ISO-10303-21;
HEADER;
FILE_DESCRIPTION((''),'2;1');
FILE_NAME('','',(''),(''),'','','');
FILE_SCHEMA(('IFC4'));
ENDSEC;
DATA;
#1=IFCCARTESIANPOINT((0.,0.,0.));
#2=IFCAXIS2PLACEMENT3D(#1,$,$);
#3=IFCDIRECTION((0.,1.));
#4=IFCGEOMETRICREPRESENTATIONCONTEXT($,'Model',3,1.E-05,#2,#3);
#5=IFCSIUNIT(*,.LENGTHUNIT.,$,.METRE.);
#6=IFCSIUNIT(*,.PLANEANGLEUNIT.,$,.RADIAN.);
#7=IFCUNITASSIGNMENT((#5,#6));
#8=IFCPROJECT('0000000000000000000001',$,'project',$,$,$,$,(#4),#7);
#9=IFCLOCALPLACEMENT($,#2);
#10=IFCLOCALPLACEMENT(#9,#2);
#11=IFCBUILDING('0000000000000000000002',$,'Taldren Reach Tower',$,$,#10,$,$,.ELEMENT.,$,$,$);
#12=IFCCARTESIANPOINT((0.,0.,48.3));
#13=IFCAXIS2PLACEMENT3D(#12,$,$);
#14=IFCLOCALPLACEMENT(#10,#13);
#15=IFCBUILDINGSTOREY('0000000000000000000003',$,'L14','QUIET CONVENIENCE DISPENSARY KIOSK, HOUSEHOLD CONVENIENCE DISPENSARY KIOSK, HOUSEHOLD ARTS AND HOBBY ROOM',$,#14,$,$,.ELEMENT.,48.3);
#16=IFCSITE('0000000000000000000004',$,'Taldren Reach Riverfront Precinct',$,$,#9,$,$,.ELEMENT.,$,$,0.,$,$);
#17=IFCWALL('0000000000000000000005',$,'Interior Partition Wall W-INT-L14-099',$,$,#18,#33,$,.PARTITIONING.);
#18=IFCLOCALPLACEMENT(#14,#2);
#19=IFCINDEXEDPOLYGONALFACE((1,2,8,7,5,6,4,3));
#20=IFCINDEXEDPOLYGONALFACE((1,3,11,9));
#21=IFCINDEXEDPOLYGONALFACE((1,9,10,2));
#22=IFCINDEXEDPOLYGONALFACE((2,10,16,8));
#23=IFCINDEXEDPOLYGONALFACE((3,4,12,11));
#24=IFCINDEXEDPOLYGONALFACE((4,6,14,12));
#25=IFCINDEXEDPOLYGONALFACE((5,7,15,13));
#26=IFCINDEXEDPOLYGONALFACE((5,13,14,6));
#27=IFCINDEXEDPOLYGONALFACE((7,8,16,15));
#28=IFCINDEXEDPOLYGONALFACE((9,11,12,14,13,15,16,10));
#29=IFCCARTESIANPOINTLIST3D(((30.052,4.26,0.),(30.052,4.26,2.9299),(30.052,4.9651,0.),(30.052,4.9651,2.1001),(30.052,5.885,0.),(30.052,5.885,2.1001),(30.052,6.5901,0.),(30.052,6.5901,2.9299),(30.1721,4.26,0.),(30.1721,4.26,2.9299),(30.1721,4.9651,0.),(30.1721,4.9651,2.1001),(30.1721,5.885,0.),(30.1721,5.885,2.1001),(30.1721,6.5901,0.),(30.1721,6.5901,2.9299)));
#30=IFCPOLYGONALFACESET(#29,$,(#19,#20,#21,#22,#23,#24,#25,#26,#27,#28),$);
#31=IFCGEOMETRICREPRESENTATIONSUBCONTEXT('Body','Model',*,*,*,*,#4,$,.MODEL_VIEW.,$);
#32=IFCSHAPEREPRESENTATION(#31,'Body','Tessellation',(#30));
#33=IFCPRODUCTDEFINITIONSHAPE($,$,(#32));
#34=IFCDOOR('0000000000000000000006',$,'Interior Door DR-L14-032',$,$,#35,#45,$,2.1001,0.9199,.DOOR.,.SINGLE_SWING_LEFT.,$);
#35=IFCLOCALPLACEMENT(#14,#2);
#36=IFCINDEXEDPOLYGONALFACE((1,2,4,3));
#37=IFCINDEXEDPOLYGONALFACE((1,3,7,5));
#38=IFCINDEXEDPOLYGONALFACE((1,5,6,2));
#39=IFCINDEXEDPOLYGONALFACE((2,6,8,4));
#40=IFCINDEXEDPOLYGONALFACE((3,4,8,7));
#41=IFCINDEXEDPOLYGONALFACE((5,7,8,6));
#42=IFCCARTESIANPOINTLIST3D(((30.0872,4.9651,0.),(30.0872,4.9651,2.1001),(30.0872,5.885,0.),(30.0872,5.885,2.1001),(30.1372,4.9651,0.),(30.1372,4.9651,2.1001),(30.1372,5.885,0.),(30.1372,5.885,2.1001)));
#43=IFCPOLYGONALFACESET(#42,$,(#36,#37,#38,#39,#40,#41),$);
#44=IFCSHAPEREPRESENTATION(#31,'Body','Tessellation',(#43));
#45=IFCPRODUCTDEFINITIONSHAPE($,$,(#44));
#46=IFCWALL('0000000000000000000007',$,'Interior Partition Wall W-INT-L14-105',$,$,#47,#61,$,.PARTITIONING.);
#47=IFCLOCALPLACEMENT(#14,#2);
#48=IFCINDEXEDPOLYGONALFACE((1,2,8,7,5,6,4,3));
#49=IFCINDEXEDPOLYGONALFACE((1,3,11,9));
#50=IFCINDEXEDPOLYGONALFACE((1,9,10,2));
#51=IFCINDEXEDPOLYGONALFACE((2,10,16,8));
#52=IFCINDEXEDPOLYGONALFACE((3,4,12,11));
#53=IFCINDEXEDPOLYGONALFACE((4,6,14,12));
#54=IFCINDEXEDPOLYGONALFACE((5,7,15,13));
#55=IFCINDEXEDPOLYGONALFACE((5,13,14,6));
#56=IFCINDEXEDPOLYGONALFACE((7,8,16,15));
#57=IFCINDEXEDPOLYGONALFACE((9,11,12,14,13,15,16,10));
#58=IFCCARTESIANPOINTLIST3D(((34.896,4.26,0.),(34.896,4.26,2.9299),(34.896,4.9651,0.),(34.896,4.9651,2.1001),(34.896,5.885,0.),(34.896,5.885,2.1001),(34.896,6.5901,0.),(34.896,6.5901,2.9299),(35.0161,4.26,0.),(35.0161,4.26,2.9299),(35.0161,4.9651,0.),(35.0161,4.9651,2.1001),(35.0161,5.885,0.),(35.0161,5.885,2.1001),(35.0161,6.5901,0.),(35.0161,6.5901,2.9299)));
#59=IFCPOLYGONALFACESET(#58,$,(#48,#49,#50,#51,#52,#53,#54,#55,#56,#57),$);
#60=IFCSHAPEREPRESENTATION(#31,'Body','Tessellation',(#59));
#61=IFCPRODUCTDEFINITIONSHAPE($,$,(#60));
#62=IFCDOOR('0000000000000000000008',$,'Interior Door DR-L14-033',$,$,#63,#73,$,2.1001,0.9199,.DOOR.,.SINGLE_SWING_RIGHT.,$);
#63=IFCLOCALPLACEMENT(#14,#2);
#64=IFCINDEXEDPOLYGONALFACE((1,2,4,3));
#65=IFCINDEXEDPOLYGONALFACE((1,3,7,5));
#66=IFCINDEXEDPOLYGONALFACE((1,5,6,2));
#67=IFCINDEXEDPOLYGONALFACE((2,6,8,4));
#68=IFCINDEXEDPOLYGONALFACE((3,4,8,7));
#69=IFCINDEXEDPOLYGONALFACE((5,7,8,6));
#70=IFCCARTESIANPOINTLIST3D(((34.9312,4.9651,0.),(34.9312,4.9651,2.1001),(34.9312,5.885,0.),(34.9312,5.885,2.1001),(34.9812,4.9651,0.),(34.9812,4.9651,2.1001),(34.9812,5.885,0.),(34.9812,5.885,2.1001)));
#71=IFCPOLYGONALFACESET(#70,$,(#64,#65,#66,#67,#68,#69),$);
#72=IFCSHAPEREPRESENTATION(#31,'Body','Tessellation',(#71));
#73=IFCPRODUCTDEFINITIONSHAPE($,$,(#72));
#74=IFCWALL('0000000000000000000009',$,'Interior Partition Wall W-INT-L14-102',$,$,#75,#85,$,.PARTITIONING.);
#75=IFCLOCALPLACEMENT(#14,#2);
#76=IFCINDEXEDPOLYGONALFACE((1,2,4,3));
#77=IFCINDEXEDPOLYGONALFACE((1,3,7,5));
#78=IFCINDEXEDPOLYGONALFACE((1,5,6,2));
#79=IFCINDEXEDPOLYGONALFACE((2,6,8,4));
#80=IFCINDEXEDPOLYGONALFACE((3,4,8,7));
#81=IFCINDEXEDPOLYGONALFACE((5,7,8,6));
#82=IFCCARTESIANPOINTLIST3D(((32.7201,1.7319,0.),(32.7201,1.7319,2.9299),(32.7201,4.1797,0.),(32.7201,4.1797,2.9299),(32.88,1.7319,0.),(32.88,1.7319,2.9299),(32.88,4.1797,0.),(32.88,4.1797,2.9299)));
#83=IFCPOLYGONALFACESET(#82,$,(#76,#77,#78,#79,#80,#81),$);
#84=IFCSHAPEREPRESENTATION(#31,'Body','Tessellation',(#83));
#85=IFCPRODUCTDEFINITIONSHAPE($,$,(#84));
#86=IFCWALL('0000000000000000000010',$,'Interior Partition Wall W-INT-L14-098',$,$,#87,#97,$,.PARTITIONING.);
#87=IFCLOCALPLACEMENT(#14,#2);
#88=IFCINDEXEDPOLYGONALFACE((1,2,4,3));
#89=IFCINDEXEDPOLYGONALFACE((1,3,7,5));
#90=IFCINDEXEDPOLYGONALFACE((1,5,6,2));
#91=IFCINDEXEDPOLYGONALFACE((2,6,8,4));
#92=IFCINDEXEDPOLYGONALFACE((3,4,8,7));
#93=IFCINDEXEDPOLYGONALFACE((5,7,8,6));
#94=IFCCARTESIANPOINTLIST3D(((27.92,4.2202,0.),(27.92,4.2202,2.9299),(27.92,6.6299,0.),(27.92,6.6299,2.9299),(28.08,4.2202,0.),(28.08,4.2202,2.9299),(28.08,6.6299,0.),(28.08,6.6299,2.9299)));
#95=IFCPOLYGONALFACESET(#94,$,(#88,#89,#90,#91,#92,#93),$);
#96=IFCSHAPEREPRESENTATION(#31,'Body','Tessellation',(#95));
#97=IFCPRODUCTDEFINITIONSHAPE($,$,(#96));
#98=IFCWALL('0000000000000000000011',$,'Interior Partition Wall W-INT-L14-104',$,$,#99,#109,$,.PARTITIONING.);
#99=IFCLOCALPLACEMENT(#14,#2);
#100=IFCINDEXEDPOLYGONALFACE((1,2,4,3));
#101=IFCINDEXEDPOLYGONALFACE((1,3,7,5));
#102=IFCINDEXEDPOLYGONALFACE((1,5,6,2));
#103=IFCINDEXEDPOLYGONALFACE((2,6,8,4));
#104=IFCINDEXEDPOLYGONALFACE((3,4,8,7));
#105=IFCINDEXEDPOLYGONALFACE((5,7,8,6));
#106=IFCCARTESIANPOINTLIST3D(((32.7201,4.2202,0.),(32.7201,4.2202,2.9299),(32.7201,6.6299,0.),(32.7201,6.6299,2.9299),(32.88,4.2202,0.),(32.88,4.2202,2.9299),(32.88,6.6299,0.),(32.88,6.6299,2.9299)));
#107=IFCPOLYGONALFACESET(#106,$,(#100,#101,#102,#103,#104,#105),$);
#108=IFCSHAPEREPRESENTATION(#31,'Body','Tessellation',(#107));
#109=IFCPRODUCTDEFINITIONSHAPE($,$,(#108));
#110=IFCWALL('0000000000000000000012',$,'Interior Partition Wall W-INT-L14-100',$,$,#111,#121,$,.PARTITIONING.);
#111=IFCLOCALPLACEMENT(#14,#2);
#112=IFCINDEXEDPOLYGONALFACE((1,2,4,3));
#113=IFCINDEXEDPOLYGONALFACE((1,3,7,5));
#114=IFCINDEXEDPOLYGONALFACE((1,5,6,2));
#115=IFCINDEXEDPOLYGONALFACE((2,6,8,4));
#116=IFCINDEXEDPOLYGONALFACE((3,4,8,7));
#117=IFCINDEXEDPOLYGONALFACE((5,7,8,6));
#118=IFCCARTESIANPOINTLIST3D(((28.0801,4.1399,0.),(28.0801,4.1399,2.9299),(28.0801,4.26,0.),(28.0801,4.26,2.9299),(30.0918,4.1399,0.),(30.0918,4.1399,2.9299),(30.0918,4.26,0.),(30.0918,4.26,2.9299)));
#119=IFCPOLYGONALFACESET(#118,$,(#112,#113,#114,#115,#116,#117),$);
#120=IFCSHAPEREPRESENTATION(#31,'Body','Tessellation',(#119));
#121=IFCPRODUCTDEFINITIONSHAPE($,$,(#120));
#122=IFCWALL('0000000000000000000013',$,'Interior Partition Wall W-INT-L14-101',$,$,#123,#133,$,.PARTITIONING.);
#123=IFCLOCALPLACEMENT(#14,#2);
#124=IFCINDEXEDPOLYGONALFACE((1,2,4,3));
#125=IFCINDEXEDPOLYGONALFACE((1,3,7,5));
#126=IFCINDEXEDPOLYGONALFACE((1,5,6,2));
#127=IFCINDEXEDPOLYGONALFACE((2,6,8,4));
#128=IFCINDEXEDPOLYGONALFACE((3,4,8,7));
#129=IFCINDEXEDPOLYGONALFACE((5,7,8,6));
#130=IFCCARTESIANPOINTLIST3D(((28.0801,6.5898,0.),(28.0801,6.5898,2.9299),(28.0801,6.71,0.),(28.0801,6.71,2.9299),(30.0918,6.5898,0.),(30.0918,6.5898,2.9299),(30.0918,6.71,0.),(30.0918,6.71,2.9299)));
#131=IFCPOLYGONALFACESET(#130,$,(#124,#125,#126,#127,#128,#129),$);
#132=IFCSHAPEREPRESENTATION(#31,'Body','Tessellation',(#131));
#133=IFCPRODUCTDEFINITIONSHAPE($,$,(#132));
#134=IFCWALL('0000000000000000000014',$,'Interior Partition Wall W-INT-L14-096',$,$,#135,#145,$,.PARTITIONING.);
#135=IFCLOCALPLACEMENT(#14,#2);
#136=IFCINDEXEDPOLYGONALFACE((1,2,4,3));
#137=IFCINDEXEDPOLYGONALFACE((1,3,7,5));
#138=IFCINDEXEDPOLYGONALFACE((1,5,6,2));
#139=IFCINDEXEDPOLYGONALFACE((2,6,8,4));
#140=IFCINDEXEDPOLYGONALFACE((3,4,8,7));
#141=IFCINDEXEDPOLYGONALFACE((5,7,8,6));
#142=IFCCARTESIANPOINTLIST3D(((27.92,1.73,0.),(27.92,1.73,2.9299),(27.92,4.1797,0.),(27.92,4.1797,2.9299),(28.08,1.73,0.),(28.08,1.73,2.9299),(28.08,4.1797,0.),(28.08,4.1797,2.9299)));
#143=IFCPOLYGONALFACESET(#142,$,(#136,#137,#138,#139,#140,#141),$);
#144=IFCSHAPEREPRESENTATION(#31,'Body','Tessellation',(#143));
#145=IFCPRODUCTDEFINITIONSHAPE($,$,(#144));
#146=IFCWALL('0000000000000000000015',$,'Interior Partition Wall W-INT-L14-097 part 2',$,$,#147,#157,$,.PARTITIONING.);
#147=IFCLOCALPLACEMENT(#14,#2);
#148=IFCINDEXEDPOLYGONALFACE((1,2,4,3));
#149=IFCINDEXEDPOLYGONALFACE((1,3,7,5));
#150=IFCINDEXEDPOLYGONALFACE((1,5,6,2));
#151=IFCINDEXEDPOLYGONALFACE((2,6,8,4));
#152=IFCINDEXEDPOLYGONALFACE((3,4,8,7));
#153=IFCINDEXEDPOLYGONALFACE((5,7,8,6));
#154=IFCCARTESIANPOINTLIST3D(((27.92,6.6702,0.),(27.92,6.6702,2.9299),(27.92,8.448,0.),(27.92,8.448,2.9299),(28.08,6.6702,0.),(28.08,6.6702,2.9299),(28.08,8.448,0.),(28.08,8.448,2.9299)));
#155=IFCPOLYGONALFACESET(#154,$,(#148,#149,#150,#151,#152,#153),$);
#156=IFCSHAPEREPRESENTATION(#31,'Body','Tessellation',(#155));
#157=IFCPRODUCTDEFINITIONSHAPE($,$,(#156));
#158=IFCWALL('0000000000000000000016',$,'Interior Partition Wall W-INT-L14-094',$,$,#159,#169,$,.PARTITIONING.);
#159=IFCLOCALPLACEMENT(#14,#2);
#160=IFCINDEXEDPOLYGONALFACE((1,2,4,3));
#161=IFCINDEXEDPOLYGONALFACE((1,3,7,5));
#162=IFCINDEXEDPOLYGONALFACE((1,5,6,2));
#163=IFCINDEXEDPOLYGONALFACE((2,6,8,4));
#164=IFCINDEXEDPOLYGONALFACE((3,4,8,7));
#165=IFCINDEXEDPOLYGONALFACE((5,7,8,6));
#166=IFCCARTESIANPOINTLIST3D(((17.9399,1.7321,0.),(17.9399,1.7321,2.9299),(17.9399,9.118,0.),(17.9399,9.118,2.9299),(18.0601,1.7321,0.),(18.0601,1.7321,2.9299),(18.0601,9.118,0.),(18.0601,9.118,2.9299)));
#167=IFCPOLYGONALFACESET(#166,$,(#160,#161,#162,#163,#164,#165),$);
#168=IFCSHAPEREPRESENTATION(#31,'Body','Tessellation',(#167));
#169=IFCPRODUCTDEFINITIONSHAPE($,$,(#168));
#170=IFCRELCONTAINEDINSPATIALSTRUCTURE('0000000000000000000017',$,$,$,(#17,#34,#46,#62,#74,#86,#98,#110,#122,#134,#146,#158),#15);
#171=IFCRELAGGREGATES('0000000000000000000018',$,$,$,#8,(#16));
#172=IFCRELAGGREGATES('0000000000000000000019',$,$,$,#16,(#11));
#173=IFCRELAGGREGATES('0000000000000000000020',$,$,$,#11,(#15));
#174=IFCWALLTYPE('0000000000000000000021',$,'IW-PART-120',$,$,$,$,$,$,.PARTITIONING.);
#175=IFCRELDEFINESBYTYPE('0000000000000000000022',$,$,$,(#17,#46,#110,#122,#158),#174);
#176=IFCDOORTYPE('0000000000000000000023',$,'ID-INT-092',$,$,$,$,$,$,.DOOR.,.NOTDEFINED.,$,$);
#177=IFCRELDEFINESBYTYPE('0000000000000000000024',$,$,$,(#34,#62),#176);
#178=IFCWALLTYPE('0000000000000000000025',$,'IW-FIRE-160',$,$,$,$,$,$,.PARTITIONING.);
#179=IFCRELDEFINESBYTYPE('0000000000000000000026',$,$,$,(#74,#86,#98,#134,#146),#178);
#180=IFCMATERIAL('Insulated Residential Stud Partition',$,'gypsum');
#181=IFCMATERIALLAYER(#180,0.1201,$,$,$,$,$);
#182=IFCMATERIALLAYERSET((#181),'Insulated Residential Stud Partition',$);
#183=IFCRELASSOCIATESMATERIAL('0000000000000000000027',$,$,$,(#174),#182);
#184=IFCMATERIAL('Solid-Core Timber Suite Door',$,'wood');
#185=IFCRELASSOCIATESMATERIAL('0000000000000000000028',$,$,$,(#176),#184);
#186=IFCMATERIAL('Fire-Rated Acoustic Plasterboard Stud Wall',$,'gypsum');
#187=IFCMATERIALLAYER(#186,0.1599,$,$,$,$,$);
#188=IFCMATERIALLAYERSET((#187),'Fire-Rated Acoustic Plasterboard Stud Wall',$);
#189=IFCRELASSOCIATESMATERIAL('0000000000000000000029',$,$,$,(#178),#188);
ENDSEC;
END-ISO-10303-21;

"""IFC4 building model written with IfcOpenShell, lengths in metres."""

from ifc_helpers import new_model, si_unit, direction, frame, frame_2d, origin, place, context, subcontext, project, spatial, rectangle, extrude, source, transform, mapped, material, layer, layer_set, type_object, element, fill, save


model = new_model("IFC4")

# Units and contexts
model_context = context("Model", 3, precision=1e-05, world=origin(), true_north=direction((0.0, 1.0)))
body_context = subcontext(model_context, "Body", "Model", "MODEL_VIEW")
ifc_project = project(units=[si_unit("LENGTHUNIT", "METRE"), si_unit("PLANEANGLEUNIT", "RADIAN")], contexts=[model_context])

# Site, building, storey
site_placement = place(None, origin())
site = spatial("IfcSite", under=ifc_project, at=site_placement, Name="Taldren Reach Riverfront Precinct", CompositionType="ELEMENT", RefElevation=0.0)
building_placement = place(site_placement, origin())
building = spatial("IfcBuilding", under=site, at=building_placement, Name="Taldren Reach Tower", CompositionType="ELEMENT")
storey_placement = place(building_placement, frame((0.0, 0.0, 48.3)))
storey = spatial("IfcBuildingStorey", under=building, at=storey_placement, Name="L14", Description="QUIET CONVENIENCE DISPENSARY KIOSK, HOUSEHOLD CONVENIENCE DISPENSARY KIOSK, HOUSEHOLD ARTS AND HOBBY ROOM", CompositionType="ELEMENT", Elevation=48.3)

# Walls, openings, doors
ifc_material_1 = material(Name="Insulated Residential Stud Partition", Category="gypsum")
ifc_layer_1 = layer(ifc_material_1, 0.1201)
ifc_layer_set_1 = layer_set([ifc_layer_1], Name="Insulated Residential Stud Partition")
wall_type_1 = type_object("IfcWallType", Name="IW-PART-120", PredefinedType="PARTITIONING", material=ifc_layer_set_1)
shared_shape_1 = source(origin(), body_context, "Body", "SweptSolid", [
    extrude(rectangle(XDim=2.3301, YDim=0.1201, at=frame_2d((1.165, 0.0))), origin(), (0.0, 0.0, 1.0), 2.9299),
])
wall_1_placement = place(storey_placement, frame((30.1121, 4.26, 0.0), z_axis=(0.0, 0.0, 1.0), x_axis=(0.0, 1.0, 0.0)))
wall_1 = element("IfcWall", 1, at=wall_1_placement, inside=storey, type_object=wall_type_1, Name="Interior Partition Wall W-INT-L14-099", PredefinedType="PARTITIONING", context=body_context, shape_type="MappedRepresentation", body=[
    mapped(shared_shape_1, transform((0.0, 0.0, 0.0), scale=1.0)),
])
shared_shape_2 = source(origin(), body_context, "Body", "SweptSolid", [
    extrude(rectangle(XDim=0.9199, YDim=2.1001, at=frame_2d((0.46, 1.05))), frame((0.0, 0.0701, 0.0), z_axis=(0.0, -1.0, 0.0), x_axis=(1.0, 0.0, 0.0)), (0.0, 0.0, 1.0), 0.1401),
])
opening_1_placement = place(wall_1_placement, frame((0.7051, 0.0, 0.0)))
opening_1 = element("IfcOpeningElement", 2, at=opening_1_placement, cuts=wall_1, PredefinedType="OPENING", context=body_context, shape_type="MappedRepresentation", body=[
    mapped(shared_shape_2, transform((0.0, 0.0, 0.0), scale=1.0)),
])
ifc_material_2 = material(Name="Solid-Core Timber Suite Door", Category="wood")
door_type = type_object("IfcDoorType", Name="ID-INT-092", OperationType="NOTDEFINED", PredefinedType="DOOR", material=ifc_material_2)
shared_shape_3 = source(origin(), body_context, "Body", "SweptSolid", [
    extrude(rectangle(XDim=0.9199, YDim=2.1001, at=frame_2d((0.46, 1.05))), frame((0.0, 0.0249, 0.0), z_axis=(0.0, -1.0, 0.0), x_axis=(1.0, 0.0, 0.0)), (0.0, 0.0, 1.0), 0.05),
])
door_1_placement = place(opening_1_placement, origin())
door_1 = element("IfcDoor", 3, at=door_1_placement, inside=storey, type_object=door_type, Name="Interior Door DR-L14-032", OperationType="SINGLE_SWING_LEFT", OverallHeight=2.1001, OverallWidth=0.9199, PredefinedType="DOOR", context=body_context, shape_type="MappedRepresentation", body=[
    mapped(shared_shape_3, transform((0.0, 0.0, 0.0), scale=1.0)),
])
fill(opening_1, door_1)
wall_2_placement = place(storey_placement, frame((34.9561, 4.26, 0.0), z_axis=(0.0, 0.0, 1.0), x_axis=(0.0, 1.0, 0.0)))
wall_2 = element("IfcWall", 4, at=wall_2_placement, inside=storey, type_object=wall_type_1, Name="Interior Partition Wall W-INT-L14-105", PredefinedType="PARTITIONING", context=body_context, shape_type="MappedRepresentation", body=[
    mapped(shared_shape_1, transform((0.0, 0.0, 0.0), scale=1.0)),
])
opening_2_placement = place(wall_2_placement, frame((0.7051, 0.0, 0.0)))
opening_2 = element("IfcOpeningElement", 5, at=opening_2_placement, cuts=wall_2, PredefinedType="OPENING", context=body_context, shape_type="MappedRepresentation", body=[
    mapped(shared_shape_2, transform((0.0, 0.0, 0.0), scale=1.0)),
])
door_2_placement = place(opening_2_placement, origin())
door_2 = element("IfcDoor", 6, at=door_2_placement, inside=storey, type_object=door_type, Name="Interior Door DR-L14-033", OperationType="SINGLE_SWING_RIGHT", OverallHeight=2.1001, OverallWidth=0.9199, PredefinedType="DOOR", context=body_context, shape_type="MappedRepresentation", body=[
    mapped(shared_shape_3, transform((0.0, 0.0, 0.0), scale=1.0)),
])
fill(opening_2, door_2)

# Walls
ifc_material_3 = material(Name="Fire-Rated Acoustic Plasterboard Stud Wall", Category="gypsum")
ifc_layer_2 = layer(ifc_material_3, 0.1599)
ifc_layer_set_2 = layer_set([ifc_layer_2], Name="Fire-Rated Acoustic Plasterboard Stud Wall")
wall_type_2 = type_object("IfcWallType", Name="IW-FIRE-160", PredefinedType="PARTITIONING", material=ifc_layer_set_2)
shared_shape_4 = source(origin(), body_context, "Body", "SweptSolid", [
    extrude(rectangle(XDim=2.4478, YDim=0.1599, at=frame_2d((1.2239, 0.0))), origin(), (0.0, 0.0, 1.0), 2.9299),
])
wall_3_placement = place(storey_placement, frame((32.8, 4.1797, 0.0), z_axis=(0.0, 0.0, 1.0), x_axis=(0.0, -1.0, 0.0)))
element("IfcWall", 7, at=wall_3_placement, inside=storey, type_object=wall_type_2, Name="Interior Partition Wall W-INT-L14-102", PredefinedType="PARTITIONING", context=body_context, shape_type="MappedRepresentation", body=[
    mapped(shared_shape_4, transform((0.0, 0.0, 0.0), scale=1.0)),
])
shared_shape_5 = source(origin(), body_context, "Body", "SweptSolid", [
    extrude(rectangle(XDim=2.4097, YDim=0.1599, at=frame_2d((1.2048, 0.0))), origin(), (0.0, 0.0, 1.0), 2.9299),
])
for number, where, z_axis, x_axis, name in (
    (8, (28.0, 6.6299, 0.0), (0.0, 0.0, 1.0), (0.0, -1.0, 0.0), "Interior Partition Wall W-INT-L14-098"),
    (9, (32.8, 6.6299, 0.0), (0.0, 0.0, 1.0), (0.0, -1.0, 0.0), "Interior Partition Wall W-INT-L14-104"),
):
    element("IfcWall", number, at=place(storey_placement, frame(where, z_axis=z_axis, x_axis=x_axis)), inside=storey, type_object=wall_type_2, Name=name, PredefinedType="PARTITIONING", context=body_context, shape_type="MappedRepresentation", body=[
        mapped(shared_shape_5, transform((0.0, 0.0, 0.0), scale=1.0)),
    ])
shared_shape_6 = source(origin(), body_context, "Body", "SweptSolid", [
    extrude(rectangle(XDim=2.0117, YDim=0.1201, at=frame_2d((1.0059, 0.0))), origin(), (0.0, 0.0, 1.0), 2.9299),
])
for number, where, z_axis, x_axis, name in (
    (10, (28.0801, 4.2, 0.0), (0.0, 0.0, 1.0), (1.0, 0.0, 0.0), "Interior Partition Wall W-INT-L14-100"),
    (11, (30.0918, 6.6499, 0.0), (0.0, 0.0, 1.0), (-1.0, 0.0, 0.0), "Interior Partition Wall W-INT-L14-101"),
):
    element("IfcWall", number, at=place(storey_placement, frame(where, z_axis=z_axis, x_axis=x_axis)), inside=storey, type_object=wall_type_1, Name=name, PredefinedType="PARTITIONING", context=body_context, shape_type="MappedRepresentation", body=[
        mapped(shared_shape_6, transform((0.0, 0.0, 0.0), scale=1.0)),
    ])
shared_shape_7 = source(origin(), body_context, "Body", "SweptSolid", [
    extrude(rectangle(XDim=2.4497, YDim=0.1599, at=frame_2d((1.2249, 0.0))), origin(), (0.0, 0.0, 1.0), 2.9299),
])
wall_4_placement = place(storey_placement, frame((28.0, 4.1797, 0.0), z_axis=(0.0, 0.0, 1.0), x_axis=(0.0, -1.0, 0.0)))
element("IfcWall", 12, at=wall_4_placement, inside=storey, type_object=wall_type_2, Name="Interior Partition Wall W-INT-L14-096", PredefinedType="PARTITIONING", context=body_context, shape_type="MappedRepresentation", body=[
    mapped(shared_shape_7, transform((0.0, 0.0, 0.0), scale=1.0)),
])
shared_shape_8 = source(origin(), body_context, "Body", "SweptSolid", [
    extrude(rectangle(XDim=1.7778, YDim=0.1599, at=frame_2d((0.8889, 0.0))), origin(), (0.0, 0.0, 1.0), 2.9299),
])
wall_5_placement = place(storey_placement, frame((28.0, 8.448, 0.0), z_axis=(0.0, 0.0, 1.0), x_axis=(0.0, -1.0, 0.0)))
element("IfcWall", 13, at=wall_5_placement, inside=storey, type_object=wall_type_2, Name="Interior Partition Wall W-INT-L14-097 part 2", PredefinedType="PARTITIONING", context=body_context, shape_type="MappedRepresentation", body=[
    mapped(shared_shape_8, transform((0.0, 0.0, 0.0), scale=1.0)),
])
shared_shape_9 = source(origin(), body_context, "Body", "SweptSolid", [
    extrude(rectangle(XDim=7.386, YDim=0.1201, at=frame_2d((3.6929, 0.0))), origin(), (0.0, 0.0, 1.0), 2.9299),
])
wall_6_placement = place(storey_placement, frame((18.0, 9.1179, 0.0), z_axis=(0.0, 0.0, 1.0), x_axis=(0.0, -1.0, 0.0)))
element("IfcWall", 14, at=wall_6_placement, inside=storey, type_object=wall_type_1, Name="Interior Partition Wall W-INT-L14-094", PredefinedType="PARTITIONING", context=body_context, shape_type="MappedRepresentation", body=[
    mapped(shared_shape_9, transform((0.0, 0.0, 0.0), scale=1.0)),
])

save(model, "model.ifc")
